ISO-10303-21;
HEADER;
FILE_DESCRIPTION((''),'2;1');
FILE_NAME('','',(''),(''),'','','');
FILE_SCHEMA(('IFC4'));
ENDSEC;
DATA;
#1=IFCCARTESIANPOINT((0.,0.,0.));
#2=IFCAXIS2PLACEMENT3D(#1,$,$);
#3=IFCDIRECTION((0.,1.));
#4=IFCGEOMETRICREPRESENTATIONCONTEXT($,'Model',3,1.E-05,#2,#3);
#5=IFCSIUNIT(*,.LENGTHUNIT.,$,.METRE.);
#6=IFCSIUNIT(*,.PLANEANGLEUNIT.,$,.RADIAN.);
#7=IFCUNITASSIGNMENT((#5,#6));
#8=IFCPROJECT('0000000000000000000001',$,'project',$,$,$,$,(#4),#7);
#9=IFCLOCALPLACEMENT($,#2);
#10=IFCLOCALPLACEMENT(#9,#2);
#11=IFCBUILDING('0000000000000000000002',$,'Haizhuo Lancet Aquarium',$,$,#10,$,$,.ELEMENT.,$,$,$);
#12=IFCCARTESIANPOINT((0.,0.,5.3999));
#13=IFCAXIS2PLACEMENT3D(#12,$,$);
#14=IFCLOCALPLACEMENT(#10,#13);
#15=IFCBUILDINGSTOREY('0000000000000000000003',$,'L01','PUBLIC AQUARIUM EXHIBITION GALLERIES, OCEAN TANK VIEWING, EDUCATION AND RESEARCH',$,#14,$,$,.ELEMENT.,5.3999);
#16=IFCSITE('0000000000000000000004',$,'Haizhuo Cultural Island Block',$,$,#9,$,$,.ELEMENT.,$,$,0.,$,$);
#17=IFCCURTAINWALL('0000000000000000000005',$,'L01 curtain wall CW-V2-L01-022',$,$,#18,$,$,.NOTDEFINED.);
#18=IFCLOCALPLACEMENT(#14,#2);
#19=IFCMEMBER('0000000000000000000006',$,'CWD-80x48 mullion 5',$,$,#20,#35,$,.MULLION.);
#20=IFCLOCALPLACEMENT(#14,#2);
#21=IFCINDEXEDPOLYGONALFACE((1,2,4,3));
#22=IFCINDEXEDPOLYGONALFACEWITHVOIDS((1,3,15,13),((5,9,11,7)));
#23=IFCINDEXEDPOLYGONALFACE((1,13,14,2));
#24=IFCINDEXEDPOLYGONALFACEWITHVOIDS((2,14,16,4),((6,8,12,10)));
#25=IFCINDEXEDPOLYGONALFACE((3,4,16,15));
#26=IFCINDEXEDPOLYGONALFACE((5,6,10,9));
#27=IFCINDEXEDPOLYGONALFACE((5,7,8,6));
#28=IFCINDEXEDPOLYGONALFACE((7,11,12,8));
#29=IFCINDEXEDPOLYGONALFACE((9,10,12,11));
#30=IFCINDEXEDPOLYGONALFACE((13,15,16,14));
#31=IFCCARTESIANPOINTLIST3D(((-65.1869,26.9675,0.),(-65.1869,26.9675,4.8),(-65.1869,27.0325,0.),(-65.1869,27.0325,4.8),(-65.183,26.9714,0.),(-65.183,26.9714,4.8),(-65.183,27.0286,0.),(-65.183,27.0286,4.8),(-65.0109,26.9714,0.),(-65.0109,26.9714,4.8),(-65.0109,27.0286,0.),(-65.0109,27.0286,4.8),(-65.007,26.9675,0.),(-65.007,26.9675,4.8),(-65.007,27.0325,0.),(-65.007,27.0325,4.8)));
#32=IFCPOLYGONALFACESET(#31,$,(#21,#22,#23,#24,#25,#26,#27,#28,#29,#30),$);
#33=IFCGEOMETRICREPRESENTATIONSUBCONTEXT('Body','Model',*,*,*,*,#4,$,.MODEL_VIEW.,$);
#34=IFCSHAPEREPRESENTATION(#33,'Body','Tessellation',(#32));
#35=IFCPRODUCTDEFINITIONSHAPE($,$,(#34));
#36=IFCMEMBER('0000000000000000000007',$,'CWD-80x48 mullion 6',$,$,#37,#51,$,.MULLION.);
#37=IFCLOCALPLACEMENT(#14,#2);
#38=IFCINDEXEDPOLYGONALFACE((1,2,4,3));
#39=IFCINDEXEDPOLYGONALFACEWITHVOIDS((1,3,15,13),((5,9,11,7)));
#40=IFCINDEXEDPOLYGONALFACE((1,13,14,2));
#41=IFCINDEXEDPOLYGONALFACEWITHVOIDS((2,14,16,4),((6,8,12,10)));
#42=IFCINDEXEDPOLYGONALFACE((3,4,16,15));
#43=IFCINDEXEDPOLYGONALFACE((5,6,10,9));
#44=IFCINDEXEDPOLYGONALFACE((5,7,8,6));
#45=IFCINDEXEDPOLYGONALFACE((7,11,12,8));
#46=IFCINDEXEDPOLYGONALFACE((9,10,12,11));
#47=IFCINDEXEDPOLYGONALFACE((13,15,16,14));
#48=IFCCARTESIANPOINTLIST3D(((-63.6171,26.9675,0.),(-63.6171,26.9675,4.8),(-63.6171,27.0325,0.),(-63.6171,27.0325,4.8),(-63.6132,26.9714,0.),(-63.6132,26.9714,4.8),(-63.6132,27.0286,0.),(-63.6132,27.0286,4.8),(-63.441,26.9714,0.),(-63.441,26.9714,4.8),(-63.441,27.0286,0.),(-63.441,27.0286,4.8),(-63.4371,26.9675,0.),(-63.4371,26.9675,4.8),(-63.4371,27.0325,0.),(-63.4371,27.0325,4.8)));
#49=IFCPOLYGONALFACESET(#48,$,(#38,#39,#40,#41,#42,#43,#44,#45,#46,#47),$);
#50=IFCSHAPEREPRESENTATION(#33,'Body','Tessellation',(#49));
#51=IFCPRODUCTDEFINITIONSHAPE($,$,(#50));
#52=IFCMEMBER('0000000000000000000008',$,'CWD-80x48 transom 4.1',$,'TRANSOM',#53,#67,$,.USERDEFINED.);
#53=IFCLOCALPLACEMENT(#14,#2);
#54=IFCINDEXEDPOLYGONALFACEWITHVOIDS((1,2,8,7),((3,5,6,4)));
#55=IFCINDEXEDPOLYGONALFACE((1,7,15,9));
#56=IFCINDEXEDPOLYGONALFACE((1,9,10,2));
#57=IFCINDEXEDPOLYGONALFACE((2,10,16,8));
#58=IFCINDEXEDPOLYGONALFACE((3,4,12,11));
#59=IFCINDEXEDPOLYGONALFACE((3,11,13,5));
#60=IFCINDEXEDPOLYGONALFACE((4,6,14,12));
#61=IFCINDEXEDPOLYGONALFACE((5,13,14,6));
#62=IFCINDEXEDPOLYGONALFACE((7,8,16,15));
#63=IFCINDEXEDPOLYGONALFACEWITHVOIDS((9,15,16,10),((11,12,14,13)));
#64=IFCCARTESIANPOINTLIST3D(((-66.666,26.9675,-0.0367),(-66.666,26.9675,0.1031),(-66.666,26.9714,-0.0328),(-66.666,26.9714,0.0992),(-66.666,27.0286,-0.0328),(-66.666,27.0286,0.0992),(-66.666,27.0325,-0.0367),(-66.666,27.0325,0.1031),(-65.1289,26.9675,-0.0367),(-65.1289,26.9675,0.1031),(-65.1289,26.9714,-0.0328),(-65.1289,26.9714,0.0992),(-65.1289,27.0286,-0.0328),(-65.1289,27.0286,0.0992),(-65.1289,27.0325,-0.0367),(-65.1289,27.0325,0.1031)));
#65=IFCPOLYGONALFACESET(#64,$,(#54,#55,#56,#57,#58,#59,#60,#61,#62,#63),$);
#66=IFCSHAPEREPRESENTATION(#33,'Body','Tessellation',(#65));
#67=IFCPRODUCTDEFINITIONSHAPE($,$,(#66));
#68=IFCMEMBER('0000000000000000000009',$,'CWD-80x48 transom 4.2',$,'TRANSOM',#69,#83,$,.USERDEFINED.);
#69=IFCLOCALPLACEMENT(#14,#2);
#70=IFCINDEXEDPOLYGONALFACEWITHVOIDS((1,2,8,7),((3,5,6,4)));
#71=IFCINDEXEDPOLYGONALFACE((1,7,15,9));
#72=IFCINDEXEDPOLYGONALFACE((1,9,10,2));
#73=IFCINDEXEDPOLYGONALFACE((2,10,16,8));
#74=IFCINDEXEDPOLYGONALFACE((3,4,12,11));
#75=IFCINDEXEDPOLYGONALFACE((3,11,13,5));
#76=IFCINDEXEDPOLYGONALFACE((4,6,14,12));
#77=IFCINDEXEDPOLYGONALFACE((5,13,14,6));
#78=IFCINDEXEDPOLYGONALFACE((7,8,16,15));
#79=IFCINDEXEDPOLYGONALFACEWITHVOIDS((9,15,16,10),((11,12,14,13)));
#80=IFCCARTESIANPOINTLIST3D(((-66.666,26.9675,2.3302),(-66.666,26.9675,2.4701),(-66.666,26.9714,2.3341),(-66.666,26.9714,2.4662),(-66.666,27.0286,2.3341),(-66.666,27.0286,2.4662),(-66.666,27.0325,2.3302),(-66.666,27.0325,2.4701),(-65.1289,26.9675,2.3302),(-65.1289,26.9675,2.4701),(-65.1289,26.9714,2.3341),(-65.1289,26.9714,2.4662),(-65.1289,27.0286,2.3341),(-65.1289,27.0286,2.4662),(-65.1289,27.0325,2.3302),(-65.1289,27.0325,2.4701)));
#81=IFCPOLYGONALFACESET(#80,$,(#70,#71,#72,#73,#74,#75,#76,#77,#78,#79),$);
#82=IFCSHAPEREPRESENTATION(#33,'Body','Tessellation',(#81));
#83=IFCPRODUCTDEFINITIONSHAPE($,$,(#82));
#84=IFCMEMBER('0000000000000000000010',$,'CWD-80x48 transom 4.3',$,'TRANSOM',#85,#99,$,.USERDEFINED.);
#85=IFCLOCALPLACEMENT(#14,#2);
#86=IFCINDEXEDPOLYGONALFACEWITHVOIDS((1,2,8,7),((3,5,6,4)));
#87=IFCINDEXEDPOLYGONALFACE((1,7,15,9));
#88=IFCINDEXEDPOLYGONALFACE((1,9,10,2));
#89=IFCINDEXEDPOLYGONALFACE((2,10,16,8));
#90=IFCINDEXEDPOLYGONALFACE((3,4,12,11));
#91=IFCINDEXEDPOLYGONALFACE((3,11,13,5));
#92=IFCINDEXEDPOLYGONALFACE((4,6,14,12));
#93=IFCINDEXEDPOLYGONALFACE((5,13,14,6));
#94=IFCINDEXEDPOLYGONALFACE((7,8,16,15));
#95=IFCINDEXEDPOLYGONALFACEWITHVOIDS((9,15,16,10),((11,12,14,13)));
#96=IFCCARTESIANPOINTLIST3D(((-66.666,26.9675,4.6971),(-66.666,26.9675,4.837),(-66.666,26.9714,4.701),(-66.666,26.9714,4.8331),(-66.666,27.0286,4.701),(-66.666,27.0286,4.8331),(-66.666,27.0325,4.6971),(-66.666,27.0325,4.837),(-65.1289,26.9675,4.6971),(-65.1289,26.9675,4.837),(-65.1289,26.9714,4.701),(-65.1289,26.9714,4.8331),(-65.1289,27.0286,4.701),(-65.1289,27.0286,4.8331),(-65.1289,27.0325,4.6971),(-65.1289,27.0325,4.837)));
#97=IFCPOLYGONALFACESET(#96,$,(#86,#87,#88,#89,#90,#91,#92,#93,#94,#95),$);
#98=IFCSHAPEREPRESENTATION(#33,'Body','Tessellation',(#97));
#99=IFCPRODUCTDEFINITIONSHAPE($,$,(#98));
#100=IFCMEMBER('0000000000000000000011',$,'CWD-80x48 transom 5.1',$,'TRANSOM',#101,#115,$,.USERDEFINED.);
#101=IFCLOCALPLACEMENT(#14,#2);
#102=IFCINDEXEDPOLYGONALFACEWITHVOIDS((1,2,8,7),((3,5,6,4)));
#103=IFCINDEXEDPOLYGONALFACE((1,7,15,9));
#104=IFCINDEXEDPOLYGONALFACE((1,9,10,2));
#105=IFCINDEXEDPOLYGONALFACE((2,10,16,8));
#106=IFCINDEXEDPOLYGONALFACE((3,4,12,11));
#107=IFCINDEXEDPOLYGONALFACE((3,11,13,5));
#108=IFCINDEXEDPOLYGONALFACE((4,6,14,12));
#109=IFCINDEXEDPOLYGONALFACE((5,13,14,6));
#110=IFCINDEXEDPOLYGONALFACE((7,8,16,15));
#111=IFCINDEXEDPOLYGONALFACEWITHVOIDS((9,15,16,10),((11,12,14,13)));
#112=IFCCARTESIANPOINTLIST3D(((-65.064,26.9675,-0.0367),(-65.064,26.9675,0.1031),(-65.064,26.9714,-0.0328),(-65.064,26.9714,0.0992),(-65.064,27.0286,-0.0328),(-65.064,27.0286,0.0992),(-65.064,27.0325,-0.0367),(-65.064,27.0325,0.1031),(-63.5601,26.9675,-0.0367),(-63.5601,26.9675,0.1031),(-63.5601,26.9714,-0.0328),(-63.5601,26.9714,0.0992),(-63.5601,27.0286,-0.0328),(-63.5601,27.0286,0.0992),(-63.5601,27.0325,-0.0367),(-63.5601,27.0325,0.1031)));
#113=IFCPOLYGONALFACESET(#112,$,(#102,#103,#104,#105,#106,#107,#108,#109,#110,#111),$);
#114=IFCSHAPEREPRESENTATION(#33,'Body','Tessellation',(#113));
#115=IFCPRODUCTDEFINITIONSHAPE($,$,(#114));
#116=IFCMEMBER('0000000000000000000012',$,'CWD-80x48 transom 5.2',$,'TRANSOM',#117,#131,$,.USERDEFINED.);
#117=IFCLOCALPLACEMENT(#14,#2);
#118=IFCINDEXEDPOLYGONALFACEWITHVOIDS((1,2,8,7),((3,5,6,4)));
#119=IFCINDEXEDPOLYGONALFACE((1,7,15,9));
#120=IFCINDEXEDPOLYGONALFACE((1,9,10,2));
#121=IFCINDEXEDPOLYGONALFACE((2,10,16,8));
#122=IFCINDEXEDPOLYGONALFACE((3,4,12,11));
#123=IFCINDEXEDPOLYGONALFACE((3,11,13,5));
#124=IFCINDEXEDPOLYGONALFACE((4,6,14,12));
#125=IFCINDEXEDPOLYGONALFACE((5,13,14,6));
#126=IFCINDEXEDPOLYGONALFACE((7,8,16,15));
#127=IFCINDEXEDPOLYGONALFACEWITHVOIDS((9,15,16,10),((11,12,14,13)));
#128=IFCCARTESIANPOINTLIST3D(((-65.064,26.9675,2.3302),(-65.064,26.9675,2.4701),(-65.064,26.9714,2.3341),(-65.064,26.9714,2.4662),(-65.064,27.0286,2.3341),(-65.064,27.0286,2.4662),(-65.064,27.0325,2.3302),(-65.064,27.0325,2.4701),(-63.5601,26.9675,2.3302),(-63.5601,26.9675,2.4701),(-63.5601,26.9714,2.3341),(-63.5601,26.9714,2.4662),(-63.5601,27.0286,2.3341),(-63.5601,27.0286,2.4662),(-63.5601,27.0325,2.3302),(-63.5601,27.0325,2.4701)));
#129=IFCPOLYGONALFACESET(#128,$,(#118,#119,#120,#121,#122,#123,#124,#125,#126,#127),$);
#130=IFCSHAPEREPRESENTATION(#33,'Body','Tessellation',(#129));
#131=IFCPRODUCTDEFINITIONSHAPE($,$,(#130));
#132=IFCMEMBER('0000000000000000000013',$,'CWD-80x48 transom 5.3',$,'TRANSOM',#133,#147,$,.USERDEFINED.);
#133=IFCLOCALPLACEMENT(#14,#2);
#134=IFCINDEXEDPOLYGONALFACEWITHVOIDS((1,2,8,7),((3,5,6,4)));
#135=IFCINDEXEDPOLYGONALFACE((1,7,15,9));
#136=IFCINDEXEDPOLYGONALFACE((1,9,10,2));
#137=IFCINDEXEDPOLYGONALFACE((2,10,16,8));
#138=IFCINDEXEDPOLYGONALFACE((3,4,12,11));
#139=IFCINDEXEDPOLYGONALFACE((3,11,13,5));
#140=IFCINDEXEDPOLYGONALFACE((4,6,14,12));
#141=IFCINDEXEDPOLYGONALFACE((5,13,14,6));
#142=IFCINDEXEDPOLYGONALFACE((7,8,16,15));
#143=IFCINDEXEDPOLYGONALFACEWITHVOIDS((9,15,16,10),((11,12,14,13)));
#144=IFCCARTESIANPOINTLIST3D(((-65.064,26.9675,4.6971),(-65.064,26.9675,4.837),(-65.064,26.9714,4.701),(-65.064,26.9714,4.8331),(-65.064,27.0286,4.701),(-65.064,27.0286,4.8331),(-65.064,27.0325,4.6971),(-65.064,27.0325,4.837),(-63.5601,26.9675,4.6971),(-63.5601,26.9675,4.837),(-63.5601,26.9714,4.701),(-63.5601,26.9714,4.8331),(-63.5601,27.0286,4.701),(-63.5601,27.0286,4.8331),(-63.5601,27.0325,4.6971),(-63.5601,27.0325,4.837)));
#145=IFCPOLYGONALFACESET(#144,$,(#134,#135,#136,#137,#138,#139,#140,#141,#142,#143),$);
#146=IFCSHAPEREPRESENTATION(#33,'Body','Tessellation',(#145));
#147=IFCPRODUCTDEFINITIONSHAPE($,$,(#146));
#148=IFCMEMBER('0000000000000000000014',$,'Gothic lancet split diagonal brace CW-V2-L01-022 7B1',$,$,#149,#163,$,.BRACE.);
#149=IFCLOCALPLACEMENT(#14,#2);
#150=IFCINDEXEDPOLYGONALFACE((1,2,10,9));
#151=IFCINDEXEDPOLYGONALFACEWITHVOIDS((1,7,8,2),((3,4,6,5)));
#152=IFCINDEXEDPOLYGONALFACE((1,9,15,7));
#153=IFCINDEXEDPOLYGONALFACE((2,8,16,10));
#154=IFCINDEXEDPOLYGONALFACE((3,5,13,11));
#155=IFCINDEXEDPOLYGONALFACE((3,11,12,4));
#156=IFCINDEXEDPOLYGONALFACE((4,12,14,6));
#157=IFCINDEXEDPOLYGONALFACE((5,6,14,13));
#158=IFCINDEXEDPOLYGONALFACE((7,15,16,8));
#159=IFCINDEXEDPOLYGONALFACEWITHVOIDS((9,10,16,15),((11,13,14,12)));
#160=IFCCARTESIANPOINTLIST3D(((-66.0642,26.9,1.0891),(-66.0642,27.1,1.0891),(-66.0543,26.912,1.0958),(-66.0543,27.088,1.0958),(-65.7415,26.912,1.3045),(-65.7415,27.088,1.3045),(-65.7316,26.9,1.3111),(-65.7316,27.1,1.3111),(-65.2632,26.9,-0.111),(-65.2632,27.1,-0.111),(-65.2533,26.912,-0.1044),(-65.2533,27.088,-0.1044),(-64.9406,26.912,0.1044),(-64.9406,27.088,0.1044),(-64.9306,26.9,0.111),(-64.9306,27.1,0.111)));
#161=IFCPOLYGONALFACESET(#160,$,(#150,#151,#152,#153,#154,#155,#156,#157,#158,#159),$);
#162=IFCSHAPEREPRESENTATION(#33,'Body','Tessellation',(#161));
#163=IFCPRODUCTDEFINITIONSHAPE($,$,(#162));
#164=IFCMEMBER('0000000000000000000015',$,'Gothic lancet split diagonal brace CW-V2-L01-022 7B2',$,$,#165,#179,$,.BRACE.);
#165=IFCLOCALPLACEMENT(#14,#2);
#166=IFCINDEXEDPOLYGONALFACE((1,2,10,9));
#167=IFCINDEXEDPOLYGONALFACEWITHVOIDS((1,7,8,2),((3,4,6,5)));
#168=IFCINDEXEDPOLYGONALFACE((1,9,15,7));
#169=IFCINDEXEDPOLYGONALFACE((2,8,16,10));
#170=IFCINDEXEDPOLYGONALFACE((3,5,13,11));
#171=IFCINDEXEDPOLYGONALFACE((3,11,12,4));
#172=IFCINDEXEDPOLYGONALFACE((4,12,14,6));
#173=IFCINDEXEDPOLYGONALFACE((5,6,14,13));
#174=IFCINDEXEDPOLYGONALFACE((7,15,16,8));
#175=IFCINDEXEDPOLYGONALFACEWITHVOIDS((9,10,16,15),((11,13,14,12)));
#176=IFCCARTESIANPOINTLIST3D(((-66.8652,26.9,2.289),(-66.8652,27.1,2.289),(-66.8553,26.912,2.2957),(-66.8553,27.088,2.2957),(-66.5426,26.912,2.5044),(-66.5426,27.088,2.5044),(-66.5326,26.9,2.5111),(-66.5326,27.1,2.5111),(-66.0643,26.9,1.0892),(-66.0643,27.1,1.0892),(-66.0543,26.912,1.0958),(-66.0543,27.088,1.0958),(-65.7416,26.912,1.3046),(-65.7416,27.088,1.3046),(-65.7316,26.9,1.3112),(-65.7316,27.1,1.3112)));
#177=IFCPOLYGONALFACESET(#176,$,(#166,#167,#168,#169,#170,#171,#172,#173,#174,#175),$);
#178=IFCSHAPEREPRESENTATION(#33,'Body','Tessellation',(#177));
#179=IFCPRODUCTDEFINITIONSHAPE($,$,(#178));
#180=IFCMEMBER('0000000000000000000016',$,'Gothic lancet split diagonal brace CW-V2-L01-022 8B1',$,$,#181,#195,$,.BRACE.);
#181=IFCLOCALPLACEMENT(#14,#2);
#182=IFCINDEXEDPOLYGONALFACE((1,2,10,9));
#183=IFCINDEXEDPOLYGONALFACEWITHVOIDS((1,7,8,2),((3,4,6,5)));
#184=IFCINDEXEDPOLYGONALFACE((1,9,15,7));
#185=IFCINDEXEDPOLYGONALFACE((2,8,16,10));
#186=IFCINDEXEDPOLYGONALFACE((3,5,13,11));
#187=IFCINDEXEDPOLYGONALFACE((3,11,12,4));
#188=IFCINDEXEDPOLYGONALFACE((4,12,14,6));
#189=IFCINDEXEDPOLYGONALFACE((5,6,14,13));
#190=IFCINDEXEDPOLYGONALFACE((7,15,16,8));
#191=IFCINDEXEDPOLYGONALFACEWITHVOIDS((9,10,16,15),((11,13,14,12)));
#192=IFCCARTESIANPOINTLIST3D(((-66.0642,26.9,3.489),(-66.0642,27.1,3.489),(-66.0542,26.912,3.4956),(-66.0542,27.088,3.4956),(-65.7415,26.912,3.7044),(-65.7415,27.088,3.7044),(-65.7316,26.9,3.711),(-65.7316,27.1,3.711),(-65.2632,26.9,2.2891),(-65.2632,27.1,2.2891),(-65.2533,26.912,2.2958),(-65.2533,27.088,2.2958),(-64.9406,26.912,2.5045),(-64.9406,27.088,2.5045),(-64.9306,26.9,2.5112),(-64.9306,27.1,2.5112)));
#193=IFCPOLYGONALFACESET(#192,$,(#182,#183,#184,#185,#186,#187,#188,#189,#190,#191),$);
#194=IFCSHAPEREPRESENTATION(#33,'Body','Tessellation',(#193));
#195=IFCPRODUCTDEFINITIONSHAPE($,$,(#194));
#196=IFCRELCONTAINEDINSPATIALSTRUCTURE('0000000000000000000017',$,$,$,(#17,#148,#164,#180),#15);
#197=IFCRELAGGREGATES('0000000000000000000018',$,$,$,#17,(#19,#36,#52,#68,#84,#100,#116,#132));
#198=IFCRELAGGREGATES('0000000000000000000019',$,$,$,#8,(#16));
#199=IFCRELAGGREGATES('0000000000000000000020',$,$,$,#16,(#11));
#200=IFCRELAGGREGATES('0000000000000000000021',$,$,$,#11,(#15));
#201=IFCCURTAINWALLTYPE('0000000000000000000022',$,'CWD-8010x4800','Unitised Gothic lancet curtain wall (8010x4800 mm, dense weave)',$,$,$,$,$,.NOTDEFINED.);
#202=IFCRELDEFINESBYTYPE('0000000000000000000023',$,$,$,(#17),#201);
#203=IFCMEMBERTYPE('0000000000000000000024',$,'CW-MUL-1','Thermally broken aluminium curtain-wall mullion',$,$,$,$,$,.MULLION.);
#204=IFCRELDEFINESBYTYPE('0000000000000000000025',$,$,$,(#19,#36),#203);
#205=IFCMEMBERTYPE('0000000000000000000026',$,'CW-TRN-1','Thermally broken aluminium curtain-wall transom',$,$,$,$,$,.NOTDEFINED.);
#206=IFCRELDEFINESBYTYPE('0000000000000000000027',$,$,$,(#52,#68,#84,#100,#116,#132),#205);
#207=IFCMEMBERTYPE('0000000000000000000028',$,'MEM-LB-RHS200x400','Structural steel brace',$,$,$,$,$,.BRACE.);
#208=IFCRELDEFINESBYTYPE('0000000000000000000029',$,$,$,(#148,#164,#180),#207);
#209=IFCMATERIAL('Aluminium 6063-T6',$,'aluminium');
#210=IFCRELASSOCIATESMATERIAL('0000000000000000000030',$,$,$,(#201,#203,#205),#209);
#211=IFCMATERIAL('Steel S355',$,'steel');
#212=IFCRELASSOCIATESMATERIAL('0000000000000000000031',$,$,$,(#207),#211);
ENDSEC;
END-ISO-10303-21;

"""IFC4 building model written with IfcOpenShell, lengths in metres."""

from ifc_helpers import new_model, si_unit, direction, frame, origin, origin_2d, place, context, subcontext, project, spatial, hollow_rectangle, extrude, material, material_profile, profile_set, type_object, element, aggregate, save


model = new_model("IFC4")

# Units and contexts
model_context = context("Model", 3, precision=1e-05, world=origin(), true_north=direction((0.0, 1.0)))
body_context = subcontext(model_context, "Body", "Model", "MODEL_VIEW")
ifc_project = project(units=[si_unit("LENGTHUNIT", "METRE"), si_unit("PLANEANGLEUNIT", "RADIAN")], contexts=[model_context])

# Site, building, storey
site_placement = place(None, origin())
site = spatial("IfcSite", under=ifc_project, at=site_placement, Name="Haizhuo Cultural Island Block", CompositionType="ELEMENT", RefElevation=0.0)
building_placement = place(site_placement, origin())
building = spatial("IfcBuilding", under=site, at=building_placement, Name="Haizhuo Lancet Aquarium", CompositionType="ELEMENT")
storey_placement = place(building_placement, frame((0.0, 0.0, 5.3999)))
storey = spatial("IfcBuildingStorey", under=building, at=storey_placement, Name="L01", Description="PUBLIC AQUARIUM EXHIBITION GALLERIES, OCEAN TANK VIEWING, EDUCATION AND RESEARCH", CompositionType="ELEMENT", Elevation=5.3999)

# Curtain wall, members
ifc_material_1 = material(Name="Aluminium 6063-T6", Category="aluminium")
curtain_wall_type = type_object("IfcCurtainWallType", Name="CWD-8010x4800", Description="Unitised Gothic lancet curtain wall (8010x4800 mm, dense weave)", PredefinedType="NOTDEFINED", material=ifc_material_1)
curtain_wall_placement = place(storey_placement, origin())
curtain_wall = element("IfcCurtainWall", 1, at=curtain_wall_placement, inside=storey, type_object=curtain_wall_type, Name="L01 curtain wall CW-V2-L01-022", PredefinedType="NOTDEFINED")
ifc_material_profile_1 = material_profile(ifc_material_1, hollow_rectangle(XDim=0.0649, YDim=0.1799, WallThickness=0.0039, at=origin_2d()), Name="ALU-M 65x180x4")
ifc_profile_set_1 = profile_set([ifc_material_profile_1], Name="Aluminium 6063-T6")
member_type_1 = type_object("IfcMemberType", Name="CW-MUL-1", Description="Thermally broken aluminium curtain-wall mullion", PredefinedType="MULLION", material=ifc_profile_set_1)
member_1_placement = place(storey_placement, frame((-65.0969, 27.0, 0.0), z_axis=(0.0, 0.0, 1.0), x_axis=(0.0, 1.0, 0.0)))
member_1 = element("IfcMember", 2, at=member_1_placement, type_object=member_type_1, Name="CWD-80x48 mullion 5", PredefinedType="MULLION", context=body_context, shape_type="SweptSolid", body=[
    extrude(hollow_rectangle(XDim=0.0649, YDim=0.1799, WallThickness=0.0039, at=origin_2d()), origin(), (0.0, 0.0, 1.0), 4.8),
])
member_2_placement = place(storey_placement, frame((-63.5271, 27.0, 0.0), z_axis=(0.0, 0.0, 1.0), x_axis=(0.0, 1.0, 0.0)))
member_2 = element("IfcMember", 3, at=member_2_placement, type_object=member_type_1, Name="CWD-80x48 mullion 6", PredefinedType="MULLION", context=body_context, shape_type="SweptSolid", body=[
    extrude(hollow_rectangle(XDim=0.0649, YDim=0.1799, WallThickness=0.0039, at=origin_2d()), origin(), (0.0, 0.0, 1.0), 4.8),
])
ifc_material_profile_2 = material_profile(ifc_material_1, hollow_rectangle(XDim=0.0649, YDim=0.1399, WallThickness=0.0039, at=origin_2d()), Name="ALU-T 65x140x4")
ifc_profile_set_2 = profile_set([ifc_material_profile_2], Name="Aluminium 6063-T6")
member_type_2 = type_object("IfcMemberType", Name="CW-TRN-1", Description="Thermally broken aluminium curtain-wall transom", PredefinedType="NOTDEFINED", material=ifc_profile_set_2)
member_3_placement = place(storey_placement, frame((-66.666, 27.0, 0.0332), z_axis=(1.0, 0.0, 0.0), x_axis=(0.0, 1.0, 0.0)))
member_3 = element("IfcMember", 4, at=member_3_placement, type_object=member_type_2, Name="CWD-80x48 transom 4.1", ObjectType="TRANSOM", PredefinedType="USERDEFINED", context=body_context, shape_type="SweptSolid", body=[
    extrude(hollow_rectangle(XDim=0.0649, YDim=0.1399, WallThickness=0.0039, at=origin_2d()), origin(), (0.0, 0.0, 1.0), 1.5371),
])
member_4_placement = place(storey_placement, frame((-66.666, 27.0, 2.4001), z_axis=(1.0, 0.0, 0.0), x_axis=(0.0, 1.0, 0.0)))
member_4 = element("IfcMember", 5, at=member_4_placement, type_object=member_type_2, Name="CWD-80x48 transom 4.2", ObjectType="TRANSOM", PredefinedType="USERDEFINED", context=body_context, shape_type="SweptSolid", body=[
    extrude(hollow_rectangle(XDim=0.0649, YDim=0.1399, WallThickness=0.0039, at=origin_2d()), origin(), (0.0, 0.0, 1.0), 1.5371),
])
member_5_placement = place(storey_placement, frame((-66.666, 27.0, 4.7671), z_axis=(1.0, 0.0, 0.0), x_axis=(0.0, 1.0, 0.0)))
member_5 = element("IfcMember", 6, at=member_5_placement, type_object=member_type_2, Name="CWD-80x48 transom 4.3", ObjectType="TRANSOM", PredefinedType="USERDEFINED", context=body_context, shape_type="SweptSolid", body=[
    extrude(hollow_rectangle(XDim=0.0649, YDim=0.1399, WallThickness=0.0039, at=origin_2d()), origin(), (0.0, 0.0, 1.0), 1.5371),
])
member_6_placement = place(storey_placement, frame((-65.064, 27.0, 0.0332), z_axis=(1.0, 0.0, 0.0), x_axis=(0.0, 1.0, 0.0)))
member_6 = element("IfcMember", 7, at=member_6_placement, type_object=member_type_2, Name="CWD-80x48 transom 5.1", ObjectType="TRANSOM", PredefinedType="USERDEFINED", context=body_context, shape_type="SweptSolid", body=[
    extrude(hollow_rectangle(XDim=0.0649, YDim=0.1399, WallThickness=0.0039, at=origin_2d()), origin(), (0.0, 0.0, 1.0), 1.5039),
])
member_7_placement = place(storey_placement, frame((-65.064, 27.0, 2.4001), z_axis=(1.0, 0.0, 0.0), x_axis=(0.0, 1.0, 0.0)))
member_7 = element("IfcMember", 8, at=member_7_placement, type_object=member_type_2, Name="CWD-80x48 transom 5.2", ObjectType="TRANSOM", PredefinedType="USERDEFINED", context=body_context, shape_type="SweptSolid", body=[
    extrude(hollow_rectangle(XDim=0.0649, YDim=0.1399, WallThickness=0.0039, at=origin_2d()), origin(), (0.0, 0.0, 1.0), 1.5039),
])
member_8_placement = place(storey_placement, frame((-65.064, 27.0, 4.7671), z_axis=(1.0, 0.0, 0.0), x_axis=(0.0, 1.0, 0.0)))
member_8 = element("IfcMember", 9, at=member_8_placement, type_object=member_type_2, Name="CWD-80x48 transom 5.3", ObjectType="TRANSOM", PredefinedType="USERDEFINED", context=body_context, shape_type="SweptSolid", body=[
    extrude(hollow_rectangle(XDim=0.0649, YDim=0.1399, WallThickness=0.0039, at=origin_2d()), origin(), (0.0, 0.0, 1.0), 1.5039),
])

# Members
ifc_material_2 = material(Name="Steel S355", Category="steel")
ifc_material_profile_3 = material_profile(ifc_material_2, hollow_rectangle(XDim=0.2, YDim=0.3999, WallThickness=0.012, at=origin_2d()), Name="RHS 200x400x12")
ifc_profile_set_3 = profile_set([ifc_material_profile_3], Name="Steel S355")
member_type_3 = type_object("IfcMemberType", Name="MEM-LB-RHS200x400", Description="Structural steel brace", PredefinedType="BRACE", material=ifc_profile_set_3)
member_9_placement = place(storey_placement, frame((-65.0969, 27.0, 0.0), z_axis=(-0.55513, 0.0, 0.831764), x_axis=(0.0, -1.0, 0.0)))
element("IfcMember", 10, at=member_9_placement, inside=storey, type_object=member_type_3, Name="Gothic lancet split diagonal brace CW-V2-L01-022 7B1", PredefinedType="BRACE", context=body_context, shape_type="SweptSolid", body=[
    extrude(hollow_rectangle(XDim=0.2, YDim=0.3999, WallThickness=0.012, at=origin_2d()), origin(), (0.0, 0.0, 1.0), 1.4429),
])
for number, where, z_axis, x_axis, name in (
    (11, (-65.8979, 27.0, 1.2002), (-0.555208, 0.0, 0.831712), (0.0, -1.0, 0.0), "Gothic lancet split diagonal brace CW-V2-L01-022 7B2"),
    (12, (-65.0969, 27.0, 2.4001), (-0.555208, 0.0, 0.831712), (0.0, -1.0, 0.0), "Gothic lancet split diagonal brace CW-V2-L01-022 8B1"),
):
    element("IfcMember", number, at=place(storey_placement, frame(where, z_axis=z_axis, x_axis=x_axis)), inside=storey, type_object=member_type_3, Name=name, PredefinedType="BRACE", context=body_context, shape_type="SweptSolid", body=[
        extrude(hollow_rectangle(XDim=0.2, YDim=0.3999, WallThickness=0.012, at=origin_2d()), origin(), (0.0, 0.0, 1.0), 1.4426),
    ])

aggregate(curtain_wall, [member_1, member_2, member_3, member_4, member_5, member_6, member_7, member_8])

save(model, "model.ifc")
